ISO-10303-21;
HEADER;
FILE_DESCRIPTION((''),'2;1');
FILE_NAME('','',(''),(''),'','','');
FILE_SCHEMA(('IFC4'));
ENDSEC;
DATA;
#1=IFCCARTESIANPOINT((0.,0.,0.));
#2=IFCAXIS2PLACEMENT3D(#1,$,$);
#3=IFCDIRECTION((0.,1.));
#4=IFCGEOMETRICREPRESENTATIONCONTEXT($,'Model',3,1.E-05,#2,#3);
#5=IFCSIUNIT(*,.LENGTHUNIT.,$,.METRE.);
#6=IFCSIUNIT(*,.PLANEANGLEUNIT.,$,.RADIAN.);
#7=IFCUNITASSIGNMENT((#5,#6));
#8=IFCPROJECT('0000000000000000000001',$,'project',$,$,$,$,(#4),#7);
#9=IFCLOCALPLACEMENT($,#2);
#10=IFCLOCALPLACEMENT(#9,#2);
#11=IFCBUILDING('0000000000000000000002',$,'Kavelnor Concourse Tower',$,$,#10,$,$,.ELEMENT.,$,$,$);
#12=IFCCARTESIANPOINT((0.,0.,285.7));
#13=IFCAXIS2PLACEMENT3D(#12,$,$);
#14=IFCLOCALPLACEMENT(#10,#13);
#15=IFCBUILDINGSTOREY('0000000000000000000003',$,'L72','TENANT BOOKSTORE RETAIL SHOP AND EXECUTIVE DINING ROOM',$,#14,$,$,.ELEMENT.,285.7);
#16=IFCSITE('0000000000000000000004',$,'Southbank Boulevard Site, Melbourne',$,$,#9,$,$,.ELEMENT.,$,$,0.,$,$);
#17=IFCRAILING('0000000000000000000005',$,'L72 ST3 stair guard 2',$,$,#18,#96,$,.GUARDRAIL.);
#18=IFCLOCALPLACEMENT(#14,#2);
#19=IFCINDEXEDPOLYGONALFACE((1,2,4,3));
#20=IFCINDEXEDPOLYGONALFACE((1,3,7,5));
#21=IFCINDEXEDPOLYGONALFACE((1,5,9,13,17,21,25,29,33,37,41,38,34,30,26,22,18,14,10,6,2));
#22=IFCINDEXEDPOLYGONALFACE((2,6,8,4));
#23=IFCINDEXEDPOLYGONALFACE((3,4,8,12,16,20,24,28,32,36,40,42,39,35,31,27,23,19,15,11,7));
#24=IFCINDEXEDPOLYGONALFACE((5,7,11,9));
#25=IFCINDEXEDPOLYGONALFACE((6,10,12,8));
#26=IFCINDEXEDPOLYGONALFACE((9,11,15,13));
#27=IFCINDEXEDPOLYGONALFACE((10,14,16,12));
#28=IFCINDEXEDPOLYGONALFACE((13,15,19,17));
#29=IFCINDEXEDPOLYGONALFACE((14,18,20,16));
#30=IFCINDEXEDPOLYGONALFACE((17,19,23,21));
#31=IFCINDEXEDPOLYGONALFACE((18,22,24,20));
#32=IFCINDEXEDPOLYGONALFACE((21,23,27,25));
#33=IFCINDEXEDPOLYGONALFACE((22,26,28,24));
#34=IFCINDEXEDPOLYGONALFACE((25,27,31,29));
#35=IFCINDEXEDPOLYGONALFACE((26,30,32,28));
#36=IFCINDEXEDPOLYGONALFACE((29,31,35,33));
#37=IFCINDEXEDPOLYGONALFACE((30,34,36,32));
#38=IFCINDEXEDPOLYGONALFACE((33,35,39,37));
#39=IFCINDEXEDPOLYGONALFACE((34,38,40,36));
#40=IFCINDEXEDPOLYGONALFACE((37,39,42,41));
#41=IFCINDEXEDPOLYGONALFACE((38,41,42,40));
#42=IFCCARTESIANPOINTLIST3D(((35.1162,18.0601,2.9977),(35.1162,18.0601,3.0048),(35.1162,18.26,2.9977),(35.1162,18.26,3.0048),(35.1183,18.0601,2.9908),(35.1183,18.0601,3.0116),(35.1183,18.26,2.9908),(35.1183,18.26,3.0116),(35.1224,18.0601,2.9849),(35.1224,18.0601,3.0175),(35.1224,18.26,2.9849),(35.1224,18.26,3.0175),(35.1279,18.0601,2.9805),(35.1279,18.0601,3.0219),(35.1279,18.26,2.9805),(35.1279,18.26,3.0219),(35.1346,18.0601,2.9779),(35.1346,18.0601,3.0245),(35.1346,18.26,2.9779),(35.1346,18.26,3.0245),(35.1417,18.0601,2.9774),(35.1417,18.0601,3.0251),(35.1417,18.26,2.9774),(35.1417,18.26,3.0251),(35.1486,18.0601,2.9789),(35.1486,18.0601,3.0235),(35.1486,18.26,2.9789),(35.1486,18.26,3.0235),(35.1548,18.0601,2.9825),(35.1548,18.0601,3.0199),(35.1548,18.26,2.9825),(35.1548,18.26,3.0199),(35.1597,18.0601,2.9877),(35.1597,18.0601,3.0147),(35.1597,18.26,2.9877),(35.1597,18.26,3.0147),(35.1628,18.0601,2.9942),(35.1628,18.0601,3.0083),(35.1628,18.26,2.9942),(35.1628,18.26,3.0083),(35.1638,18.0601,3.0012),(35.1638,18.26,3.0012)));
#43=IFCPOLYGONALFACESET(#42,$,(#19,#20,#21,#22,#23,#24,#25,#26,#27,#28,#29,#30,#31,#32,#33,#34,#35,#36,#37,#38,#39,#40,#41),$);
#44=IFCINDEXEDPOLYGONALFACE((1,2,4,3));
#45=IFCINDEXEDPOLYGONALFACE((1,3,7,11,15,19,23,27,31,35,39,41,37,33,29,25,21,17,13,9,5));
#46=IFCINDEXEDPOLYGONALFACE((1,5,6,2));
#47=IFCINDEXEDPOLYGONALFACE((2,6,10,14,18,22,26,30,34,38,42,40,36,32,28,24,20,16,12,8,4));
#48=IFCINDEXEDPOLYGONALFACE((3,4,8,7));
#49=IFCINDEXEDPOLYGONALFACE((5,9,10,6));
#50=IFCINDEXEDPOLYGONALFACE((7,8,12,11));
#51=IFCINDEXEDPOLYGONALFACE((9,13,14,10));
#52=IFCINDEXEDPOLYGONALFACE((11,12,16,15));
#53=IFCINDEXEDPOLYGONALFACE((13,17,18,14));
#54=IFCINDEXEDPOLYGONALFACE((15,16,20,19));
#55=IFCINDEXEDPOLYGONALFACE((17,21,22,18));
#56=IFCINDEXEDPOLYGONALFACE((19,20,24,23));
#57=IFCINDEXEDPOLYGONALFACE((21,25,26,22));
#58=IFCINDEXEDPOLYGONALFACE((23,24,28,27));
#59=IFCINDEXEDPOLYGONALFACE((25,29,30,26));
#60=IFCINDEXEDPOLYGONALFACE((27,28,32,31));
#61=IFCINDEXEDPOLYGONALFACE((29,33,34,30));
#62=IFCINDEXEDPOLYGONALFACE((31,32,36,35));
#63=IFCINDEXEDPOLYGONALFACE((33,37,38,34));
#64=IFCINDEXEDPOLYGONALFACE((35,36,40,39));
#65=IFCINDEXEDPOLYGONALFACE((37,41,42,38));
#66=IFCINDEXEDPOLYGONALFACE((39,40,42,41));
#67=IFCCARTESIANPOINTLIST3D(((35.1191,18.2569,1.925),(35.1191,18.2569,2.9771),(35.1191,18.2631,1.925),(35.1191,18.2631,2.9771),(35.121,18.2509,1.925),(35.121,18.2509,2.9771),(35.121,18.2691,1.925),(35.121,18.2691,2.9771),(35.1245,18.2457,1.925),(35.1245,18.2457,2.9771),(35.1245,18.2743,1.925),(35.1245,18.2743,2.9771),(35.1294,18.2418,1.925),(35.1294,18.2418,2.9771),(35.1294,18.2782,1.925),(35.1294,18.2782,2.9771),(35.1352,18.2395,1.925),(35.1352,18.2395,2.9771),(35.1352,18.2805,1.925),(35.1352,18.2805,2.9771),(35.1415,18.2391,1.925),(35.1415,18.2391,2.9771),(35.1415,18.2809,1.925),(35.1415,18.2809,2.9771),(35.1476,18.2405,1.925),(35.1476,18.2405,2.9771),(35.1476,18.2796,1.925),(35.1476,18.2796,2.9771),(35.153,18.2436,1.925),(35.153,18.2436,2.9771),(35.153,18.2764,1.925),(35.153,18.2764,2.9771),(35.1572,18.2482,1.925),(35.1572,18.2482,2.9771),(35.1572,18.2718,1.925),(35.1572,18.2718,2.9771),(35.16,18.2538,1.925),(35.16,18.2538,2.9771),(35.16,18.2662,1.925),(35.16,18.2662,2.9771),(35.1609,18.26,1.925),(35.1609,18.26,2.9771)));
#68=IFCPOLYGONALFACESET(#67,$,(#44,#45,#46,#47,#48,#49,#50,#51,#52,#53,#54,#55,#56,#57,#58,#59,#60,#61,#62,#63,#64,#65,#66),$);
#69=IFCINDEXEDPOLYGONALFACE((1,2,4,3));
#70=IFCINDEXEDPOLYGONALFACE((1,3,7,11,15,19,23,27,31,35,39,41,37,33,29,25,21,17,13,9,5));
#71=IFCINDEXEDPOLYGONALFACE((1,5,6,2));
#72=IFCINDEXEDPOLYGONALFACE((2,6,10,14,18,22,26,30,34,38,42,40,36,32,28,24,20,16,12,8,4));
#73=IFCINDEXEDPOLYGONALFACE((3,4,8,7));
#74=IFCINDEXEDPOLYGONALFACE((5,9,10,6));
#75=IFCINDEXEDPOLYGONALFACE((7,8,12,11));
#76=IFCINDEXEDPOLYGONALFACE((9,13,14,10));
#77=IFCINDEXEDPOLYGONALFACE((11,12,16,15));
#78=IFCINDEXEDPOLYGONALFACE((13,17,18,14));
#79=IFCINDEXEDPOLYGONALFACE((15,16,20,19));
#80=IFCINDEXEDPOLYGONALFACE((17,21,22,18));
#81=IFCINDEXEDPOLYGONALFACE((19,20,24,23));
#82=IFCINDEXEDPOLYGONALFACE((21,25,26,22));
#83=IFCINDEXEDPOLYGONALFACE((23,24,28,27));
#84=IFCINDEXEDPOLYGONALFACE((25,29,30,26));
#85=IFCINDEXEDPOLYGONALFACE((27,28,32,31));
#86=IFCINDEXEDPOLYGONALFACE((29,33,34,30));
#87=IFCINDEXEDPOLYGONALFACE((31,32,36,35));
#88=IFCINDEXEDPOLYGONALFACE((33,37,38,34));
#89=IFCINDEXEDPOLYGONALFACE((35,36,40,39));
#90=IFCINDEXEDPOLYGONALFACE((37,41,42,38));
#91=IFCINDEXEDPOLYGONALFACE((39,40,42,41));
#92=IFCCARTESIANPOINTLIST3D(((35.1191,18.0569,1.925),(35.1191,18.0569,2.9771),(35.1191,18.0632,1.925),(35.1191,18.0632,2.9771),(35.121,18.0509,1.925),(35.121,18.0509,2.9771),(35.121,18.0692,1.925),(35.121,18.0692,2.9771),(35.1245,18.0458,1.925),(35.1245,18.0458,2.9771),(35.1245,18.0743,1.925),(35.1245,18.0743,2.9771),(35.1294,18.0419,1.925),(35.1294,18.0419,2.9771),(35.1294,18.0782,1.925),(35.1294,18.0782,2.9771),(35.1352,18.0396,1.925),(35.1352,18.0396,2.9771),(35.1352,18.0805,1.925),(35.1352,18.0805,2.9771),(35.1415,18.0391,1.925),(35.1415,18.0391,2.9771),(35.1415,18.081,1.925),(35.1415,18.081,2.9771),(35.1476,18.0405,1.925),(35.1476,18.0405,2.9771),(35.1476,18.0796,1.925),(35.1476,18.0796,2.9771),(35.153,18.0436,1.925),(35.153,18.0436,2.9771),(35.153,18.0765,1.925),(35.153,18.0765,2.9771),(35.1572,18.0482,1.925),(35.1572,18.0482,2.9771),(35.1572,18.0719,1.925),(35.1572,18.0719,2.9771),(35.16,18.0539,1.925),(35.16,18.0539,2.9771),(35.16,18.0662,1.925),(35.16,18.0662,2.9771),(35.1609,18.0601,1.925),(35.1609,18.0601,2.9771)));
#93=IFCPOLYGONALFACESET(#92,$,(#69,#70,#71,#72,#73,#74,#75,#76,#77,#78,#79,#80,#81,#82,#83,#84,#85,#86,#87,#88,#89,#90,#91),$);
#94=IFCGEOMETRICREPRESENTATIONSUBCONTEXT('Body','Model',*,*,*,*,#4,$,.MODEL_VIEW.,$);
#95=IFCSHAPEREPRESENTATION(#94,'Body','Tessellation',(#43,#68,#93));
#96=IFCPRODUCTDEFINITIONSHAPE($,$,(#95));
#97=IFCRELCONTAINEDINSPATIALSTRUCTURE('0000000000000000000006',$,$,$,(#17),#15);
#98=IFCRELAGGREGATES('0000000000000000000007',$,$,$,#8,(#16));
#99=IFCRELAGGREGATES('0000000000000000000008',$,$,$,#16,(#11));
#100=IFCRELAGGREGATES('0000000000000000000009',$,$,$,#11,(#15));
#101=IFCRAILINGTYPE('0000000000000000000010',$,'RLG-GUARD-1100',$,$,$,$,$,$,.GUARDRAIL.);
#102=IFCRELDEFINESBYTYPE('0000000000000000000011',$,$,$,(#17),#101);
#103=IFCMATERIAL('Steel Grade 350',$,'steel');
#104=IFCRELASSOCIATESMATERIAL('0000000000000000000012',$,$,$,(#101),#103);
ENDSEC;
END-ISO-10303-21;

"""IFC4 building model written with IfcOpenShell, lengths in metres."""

from ifc_helpers import new_model, si_unit, direction, frame, origin, origin_2d, place, context, subcontext, project, spatial, circle, extrude, material, type_object, element, save


model = new_model("IFC4")

# Units and contexts
model_context = context("Model", 3, precision=1e-05, world=origin(), true_north=direction((0.0, 1.0)))
body_context = subcontext(model_context, "Body", "Model", "MODEL_VIEW")
ifc_project = project(units=[si_unit("LENGTHUNIT", "METRE"), si_unit("PLANEANGLEUNIT", "RADIAN")], contexts=[model_context])

# Site, building, storey
site_placement = place(None, origin())
site = spatial("IfcSite", under=ifc_project, at=site_placement, Name="Southbank Boulevard Site, Melbourne", CompositionType="ELEMENT", RefElevation=0.0)
building_placement = place(site_placement, origin())
building = spatial("IfcBuilding", under=site, at=building_placement, Name="Kavelnor Concourse Tower", CompositionType="ELEMENT")
storey_placement = place(building_placement, frame((0.0, 0.0, 285.7)))
storey = spatial("IfcBuildingStorey", under=building, at=storey_placement, Name="L72", Description="TENANT BOOKSTORE RETAIL SHOP AND EXECUTIVE DINING ROOM", CompositionType="ELEMENT", Elevation=285.7)

# Shared definitions
ifc_material_1 = material(Name="Steel Grade 350", Category="steel")

# Railing
railing_type_1 = type_object("IfcRailingType", Name="RLG-GUARD-1100", PredefinedType="GUARDRAIL", material=ifc_material_1)
railing_1_placement = place(storey_placement, frame((35.1399, 18.26, 1.925)))
element("IfcRailing", 1, at=railing_1_placement, inside=storey, type_object=railing_type_1, Name="L72 ST3 stair guard 2", PredefinedType="GUARDRAIL", context=body_context, shape_type="SweptSolid", body=[
    extrude(circle(Radius=0.0239, at=origin_2d()), frame((0.0, 0.0, 1.0762), z_axis=(0.0, -1.0, 0.0), x_axis=(1.0, 0.0, 0.0)), (0.0, 0.0, 1.0), 0.2),
    extrude(circle(Radius=0.021, at=origin_2d()), origin(), (0.0, 0.0, 1.0), 1.052),
    extrude(circle(Radius=0.021, at=origin_2d()), frame((0.0, -0.2, 0.0)), (0.0, 0.0, 1.0), 1.052),
])

save(model, "model.ifc")
